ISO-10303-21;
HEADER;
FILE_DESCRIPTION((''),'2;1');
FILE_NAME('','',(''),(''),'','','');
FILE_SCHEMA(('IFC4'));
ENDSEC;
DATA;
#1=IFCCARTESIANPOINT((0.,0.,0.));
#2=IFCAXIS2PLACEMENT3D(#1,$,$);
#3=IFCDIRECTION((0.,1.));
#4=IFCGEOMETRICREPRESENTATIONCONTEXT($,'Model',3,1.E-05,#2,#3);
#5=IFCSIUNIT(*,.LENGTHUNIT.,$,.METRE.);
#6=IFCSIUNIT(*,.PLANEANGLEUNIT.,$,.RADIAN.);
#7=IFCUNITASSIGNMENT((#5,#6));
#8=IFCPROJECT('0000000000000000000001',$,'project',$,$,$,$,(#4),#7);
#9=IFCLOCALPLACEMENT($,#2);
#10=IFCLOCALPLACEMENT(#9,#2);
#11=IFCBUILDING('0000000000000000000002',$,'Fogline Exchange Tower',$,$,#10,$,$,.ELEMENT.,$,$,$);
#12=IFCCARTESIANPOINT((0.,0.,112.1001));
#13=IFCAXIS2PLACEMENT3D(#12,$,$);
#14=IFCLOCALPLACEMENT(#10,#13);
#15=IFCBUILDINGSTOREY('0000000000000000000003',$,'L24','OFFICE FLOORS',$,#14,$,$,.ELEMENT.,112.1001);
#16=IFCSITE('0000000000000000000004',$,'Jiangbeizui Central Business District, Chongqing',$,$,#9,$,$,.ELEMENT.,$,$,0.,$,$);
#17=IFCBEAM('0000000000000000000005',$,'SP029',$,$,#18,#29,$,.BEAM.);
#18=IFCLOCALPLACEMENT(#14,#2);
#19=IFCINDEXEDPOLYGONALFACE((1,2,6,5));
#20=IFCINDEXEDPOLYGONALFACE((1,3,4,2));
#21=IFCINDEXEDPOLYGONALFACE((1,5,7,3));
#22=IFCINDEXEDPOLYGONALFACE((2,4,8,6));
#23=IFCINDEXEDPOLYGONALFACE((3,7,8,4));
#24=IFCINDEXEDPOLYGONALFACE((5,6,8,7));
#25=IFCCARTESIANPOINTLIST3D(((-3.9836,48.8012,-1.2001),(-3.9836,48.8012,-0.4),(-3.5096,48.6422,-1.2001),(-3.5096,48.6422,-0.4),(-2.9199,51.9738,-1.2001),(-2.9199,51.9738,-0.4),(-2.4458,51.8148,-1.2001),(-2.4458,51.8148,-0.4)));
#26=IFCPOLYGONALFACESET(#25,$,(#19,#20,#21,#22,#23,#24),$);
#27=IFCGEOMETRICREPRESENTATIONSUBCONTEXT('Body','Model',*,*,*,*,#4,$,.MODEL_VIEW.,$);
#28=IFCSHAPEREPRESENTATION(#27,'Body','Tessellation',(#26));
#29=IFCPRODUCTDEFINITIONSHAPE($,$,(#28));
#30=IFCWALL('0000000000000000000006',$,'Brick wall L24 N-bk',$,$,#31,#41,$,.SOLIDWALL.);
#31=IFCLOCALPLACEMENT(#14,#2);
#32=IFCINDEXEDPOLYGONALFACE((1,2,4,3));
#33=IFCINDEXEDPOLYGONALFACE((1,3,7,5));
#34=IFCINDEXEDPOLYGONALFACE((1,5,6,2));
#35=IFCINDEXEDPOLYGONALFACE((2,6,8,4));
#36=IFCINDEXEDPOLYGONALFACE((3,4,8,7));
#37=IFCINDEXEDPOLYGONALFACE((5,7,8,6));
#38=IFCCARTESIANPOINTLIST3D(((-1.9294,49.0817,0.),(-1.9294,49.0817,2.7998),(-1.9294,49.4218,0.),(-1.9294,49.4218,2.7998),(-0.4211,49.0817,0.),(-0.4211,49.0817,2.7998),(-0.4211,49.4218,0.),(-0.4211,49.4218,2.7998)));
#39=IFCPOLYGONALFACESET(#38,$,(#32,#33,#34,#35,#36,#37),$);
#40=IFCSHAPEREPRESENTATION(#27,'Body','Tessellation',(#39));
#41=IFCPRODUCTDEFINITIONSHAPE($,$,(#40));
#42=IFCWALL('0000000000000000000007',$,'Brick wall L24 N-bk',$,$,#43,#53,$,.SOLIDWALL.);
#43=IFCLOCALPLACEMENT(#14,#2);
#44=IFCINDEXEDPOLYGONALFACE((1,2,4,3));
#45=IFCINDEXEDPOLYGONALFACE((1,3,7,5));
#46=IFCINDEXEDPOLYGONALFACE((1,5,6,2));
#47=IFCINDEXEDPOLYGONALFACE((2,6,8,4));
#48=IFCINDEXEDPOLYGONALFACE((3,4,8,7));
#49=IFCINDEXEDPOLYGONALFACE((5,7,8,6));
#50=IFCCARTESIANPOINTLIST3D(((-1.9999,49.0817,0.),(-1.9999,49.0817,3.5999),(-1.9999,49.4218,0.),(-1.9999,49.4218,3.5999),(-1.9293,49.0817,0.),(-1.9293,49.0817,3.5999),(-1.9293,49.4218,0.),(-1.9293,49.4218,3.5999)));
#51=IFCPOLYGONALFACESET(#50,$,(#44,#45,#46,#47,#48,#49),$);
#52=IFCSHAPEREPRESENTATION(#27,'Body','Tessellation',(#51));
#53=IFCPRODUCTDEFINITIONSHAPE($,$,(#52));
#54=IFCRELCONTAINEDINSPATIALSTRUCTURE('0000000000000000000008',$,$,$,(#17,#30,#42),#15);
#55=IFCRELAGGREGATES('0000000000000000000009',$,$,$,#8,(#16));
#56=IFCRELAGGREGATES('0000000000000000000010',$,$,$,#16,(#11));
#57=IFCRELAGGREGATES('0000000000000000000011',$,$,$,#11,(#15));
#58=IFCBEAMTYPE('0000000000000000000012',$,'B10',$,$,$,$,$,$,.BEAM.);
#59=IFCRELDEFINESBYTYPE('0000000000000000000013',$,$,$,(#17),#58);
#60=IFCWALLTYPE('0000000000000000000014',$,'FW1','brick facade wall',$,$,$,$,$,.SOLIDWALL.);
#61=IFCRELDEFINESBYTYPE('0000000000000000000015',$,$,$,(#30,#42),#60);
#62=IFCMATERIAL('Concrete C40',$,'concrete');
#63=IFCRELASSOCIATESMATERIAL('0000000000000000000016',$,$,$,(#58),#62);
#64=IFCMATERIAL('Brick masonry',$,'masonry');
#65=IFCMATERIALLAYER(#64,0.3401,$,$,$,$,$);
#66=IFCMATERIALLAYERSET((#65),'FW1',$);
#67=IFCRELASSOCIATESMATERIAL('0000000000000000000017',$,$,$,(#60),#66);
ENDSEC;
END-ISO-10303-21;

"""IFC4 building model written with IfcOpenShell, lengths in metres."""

from ifc_helpers import new_model, si_unit, direction, frame, frame_2d, origin, origin_2d, place, context, subcontext, project, spatial, rectangle, extrude, material, layer, layer_set, material_profile, profile_set, type_object, element, save


model = new_model("IFC4")

# Units and contexts
model_context = context("Model", 3, precision=1e-05, world=origin(), true_north=direction((0.0, 1.0)))
body_context = subcontext(model_context, "Body", "Model", "MODEL_VIEW")
ifc_project = project(units=[si_unit("LENGTHUNIT", "METRE"), si_unit("PLANEANGLEUNIT", "RADIAN")], contexts=[model_context])

# Site, building, storey
site_placement = place(None, origin())
site = spatial("IfcSite", under=ifc_project, at=site_placement, Name="Jiangbeizui Central Business District, Chongqing", CompositionType="ELEMENT", RefElevation=0.0)
building_placement = place(site_placement, origin())
building = spatial("IfcBuilding", under=site, at=building_placement, Name="Fogline Exchange Tower", CompositionType="ELEMENT")
storey_placement = place(building_placement, frame((0.0, 0.0, 112.1001)))
storey = spatial("IfcBuildingStorey", under=building, at=storey_placement, Name="L24", Description="OFFICE FLOORS", CompositionType="ELEMENT", Elevation=112.1001)

# Beam
ifc_material_1 = material(Name="Concrete C40", Category="concrete")
ifc_material_profile = material_profile(ifc_material_1, rectangle(XDim=0.5, YDim=0.8, at=origin_2d()), Name="RC 500x800")
ifc_profile_set = profile_set([ifc_material_profile], Name="Concrete C40")
beam_type = type_object("IfcBeamType", Name="B10", PredefinedType="BEAM", material=ifc_profile_set)
beam_placement = place(storey_placement, frame((-3.7466, 48.7217, -0.8), z_axis=(0.317891, 0.948127, 0.0), x_axis=(-0.948127, 0.317891, 0.0)))
element("IfcBeam", 1, at=beam_placement, inside=storey, type_object=beam_type, Name="SP029", PredefinedType="BEAM", context=body_context, shape_type="SweptSolid", body=[
    extrude(rectangle(XDim=0.5, YDim=0.8, at=origin_2d()), origin(), (0.0, 0.0, 1.0), 3.3462),
])

# Walls
ifc_material_2 = material(Name="Brick masonry", Category="masonry")
ifc_layer = layer(ifc_material_2, 0.3401)
ifc_layer_set = layer_set([ifc_layer], Name="FW1")
wall_type = type_object("IfcWallType", Name="FW1", Description="brick facade wall", PredefinedType="SOLIDWALL", material=ifc_layer_set)
wall_1_placement = place(storey_placement, frame((-0.4211, 49.2517, 0.0), z_axis=(0.0, 0.0, 1.0), x_axis=(-1.0, 0.0, 0.0)))
element("IfcWall", 2, at=wall_1_placement, inside=storey, type_object=wall_type, Name="Brick wall L24 N-bk", PredefinedType="SOLIDWALL", context=body_context, shape_type="SweptSolid", body=[
    extrude(rectangle(XDim=1.5083, YDim=0.3401, at=frame_2d((0.7542, 0.0))), origin(), (0.0, 0.0, 1.0), 2.7998),
])
wall_2_placement = place(storey_placement, frame((-1.9294, 49.2517, 0.0), z_axis=(0.0, 0.0, 1.0), x_axis=(-1.0, 0.0, 0.0)))
element("IfcWall", 3, at=wall_2_placement, inside=storey, type_object=wall_type, Name="Brick wall L24 N-bk", PredefinedType="SOLIDWALL", context=body_context, shape_type="SweptSolid", body=[
    extrude(rectangle(XDim=0.0706, YDim=0.3401, at=frame_2d((0.0352, 0.0))), origin(), (0.0, 0.0, 1.0), 3.5999),
])

save(model, "model.ifc")
